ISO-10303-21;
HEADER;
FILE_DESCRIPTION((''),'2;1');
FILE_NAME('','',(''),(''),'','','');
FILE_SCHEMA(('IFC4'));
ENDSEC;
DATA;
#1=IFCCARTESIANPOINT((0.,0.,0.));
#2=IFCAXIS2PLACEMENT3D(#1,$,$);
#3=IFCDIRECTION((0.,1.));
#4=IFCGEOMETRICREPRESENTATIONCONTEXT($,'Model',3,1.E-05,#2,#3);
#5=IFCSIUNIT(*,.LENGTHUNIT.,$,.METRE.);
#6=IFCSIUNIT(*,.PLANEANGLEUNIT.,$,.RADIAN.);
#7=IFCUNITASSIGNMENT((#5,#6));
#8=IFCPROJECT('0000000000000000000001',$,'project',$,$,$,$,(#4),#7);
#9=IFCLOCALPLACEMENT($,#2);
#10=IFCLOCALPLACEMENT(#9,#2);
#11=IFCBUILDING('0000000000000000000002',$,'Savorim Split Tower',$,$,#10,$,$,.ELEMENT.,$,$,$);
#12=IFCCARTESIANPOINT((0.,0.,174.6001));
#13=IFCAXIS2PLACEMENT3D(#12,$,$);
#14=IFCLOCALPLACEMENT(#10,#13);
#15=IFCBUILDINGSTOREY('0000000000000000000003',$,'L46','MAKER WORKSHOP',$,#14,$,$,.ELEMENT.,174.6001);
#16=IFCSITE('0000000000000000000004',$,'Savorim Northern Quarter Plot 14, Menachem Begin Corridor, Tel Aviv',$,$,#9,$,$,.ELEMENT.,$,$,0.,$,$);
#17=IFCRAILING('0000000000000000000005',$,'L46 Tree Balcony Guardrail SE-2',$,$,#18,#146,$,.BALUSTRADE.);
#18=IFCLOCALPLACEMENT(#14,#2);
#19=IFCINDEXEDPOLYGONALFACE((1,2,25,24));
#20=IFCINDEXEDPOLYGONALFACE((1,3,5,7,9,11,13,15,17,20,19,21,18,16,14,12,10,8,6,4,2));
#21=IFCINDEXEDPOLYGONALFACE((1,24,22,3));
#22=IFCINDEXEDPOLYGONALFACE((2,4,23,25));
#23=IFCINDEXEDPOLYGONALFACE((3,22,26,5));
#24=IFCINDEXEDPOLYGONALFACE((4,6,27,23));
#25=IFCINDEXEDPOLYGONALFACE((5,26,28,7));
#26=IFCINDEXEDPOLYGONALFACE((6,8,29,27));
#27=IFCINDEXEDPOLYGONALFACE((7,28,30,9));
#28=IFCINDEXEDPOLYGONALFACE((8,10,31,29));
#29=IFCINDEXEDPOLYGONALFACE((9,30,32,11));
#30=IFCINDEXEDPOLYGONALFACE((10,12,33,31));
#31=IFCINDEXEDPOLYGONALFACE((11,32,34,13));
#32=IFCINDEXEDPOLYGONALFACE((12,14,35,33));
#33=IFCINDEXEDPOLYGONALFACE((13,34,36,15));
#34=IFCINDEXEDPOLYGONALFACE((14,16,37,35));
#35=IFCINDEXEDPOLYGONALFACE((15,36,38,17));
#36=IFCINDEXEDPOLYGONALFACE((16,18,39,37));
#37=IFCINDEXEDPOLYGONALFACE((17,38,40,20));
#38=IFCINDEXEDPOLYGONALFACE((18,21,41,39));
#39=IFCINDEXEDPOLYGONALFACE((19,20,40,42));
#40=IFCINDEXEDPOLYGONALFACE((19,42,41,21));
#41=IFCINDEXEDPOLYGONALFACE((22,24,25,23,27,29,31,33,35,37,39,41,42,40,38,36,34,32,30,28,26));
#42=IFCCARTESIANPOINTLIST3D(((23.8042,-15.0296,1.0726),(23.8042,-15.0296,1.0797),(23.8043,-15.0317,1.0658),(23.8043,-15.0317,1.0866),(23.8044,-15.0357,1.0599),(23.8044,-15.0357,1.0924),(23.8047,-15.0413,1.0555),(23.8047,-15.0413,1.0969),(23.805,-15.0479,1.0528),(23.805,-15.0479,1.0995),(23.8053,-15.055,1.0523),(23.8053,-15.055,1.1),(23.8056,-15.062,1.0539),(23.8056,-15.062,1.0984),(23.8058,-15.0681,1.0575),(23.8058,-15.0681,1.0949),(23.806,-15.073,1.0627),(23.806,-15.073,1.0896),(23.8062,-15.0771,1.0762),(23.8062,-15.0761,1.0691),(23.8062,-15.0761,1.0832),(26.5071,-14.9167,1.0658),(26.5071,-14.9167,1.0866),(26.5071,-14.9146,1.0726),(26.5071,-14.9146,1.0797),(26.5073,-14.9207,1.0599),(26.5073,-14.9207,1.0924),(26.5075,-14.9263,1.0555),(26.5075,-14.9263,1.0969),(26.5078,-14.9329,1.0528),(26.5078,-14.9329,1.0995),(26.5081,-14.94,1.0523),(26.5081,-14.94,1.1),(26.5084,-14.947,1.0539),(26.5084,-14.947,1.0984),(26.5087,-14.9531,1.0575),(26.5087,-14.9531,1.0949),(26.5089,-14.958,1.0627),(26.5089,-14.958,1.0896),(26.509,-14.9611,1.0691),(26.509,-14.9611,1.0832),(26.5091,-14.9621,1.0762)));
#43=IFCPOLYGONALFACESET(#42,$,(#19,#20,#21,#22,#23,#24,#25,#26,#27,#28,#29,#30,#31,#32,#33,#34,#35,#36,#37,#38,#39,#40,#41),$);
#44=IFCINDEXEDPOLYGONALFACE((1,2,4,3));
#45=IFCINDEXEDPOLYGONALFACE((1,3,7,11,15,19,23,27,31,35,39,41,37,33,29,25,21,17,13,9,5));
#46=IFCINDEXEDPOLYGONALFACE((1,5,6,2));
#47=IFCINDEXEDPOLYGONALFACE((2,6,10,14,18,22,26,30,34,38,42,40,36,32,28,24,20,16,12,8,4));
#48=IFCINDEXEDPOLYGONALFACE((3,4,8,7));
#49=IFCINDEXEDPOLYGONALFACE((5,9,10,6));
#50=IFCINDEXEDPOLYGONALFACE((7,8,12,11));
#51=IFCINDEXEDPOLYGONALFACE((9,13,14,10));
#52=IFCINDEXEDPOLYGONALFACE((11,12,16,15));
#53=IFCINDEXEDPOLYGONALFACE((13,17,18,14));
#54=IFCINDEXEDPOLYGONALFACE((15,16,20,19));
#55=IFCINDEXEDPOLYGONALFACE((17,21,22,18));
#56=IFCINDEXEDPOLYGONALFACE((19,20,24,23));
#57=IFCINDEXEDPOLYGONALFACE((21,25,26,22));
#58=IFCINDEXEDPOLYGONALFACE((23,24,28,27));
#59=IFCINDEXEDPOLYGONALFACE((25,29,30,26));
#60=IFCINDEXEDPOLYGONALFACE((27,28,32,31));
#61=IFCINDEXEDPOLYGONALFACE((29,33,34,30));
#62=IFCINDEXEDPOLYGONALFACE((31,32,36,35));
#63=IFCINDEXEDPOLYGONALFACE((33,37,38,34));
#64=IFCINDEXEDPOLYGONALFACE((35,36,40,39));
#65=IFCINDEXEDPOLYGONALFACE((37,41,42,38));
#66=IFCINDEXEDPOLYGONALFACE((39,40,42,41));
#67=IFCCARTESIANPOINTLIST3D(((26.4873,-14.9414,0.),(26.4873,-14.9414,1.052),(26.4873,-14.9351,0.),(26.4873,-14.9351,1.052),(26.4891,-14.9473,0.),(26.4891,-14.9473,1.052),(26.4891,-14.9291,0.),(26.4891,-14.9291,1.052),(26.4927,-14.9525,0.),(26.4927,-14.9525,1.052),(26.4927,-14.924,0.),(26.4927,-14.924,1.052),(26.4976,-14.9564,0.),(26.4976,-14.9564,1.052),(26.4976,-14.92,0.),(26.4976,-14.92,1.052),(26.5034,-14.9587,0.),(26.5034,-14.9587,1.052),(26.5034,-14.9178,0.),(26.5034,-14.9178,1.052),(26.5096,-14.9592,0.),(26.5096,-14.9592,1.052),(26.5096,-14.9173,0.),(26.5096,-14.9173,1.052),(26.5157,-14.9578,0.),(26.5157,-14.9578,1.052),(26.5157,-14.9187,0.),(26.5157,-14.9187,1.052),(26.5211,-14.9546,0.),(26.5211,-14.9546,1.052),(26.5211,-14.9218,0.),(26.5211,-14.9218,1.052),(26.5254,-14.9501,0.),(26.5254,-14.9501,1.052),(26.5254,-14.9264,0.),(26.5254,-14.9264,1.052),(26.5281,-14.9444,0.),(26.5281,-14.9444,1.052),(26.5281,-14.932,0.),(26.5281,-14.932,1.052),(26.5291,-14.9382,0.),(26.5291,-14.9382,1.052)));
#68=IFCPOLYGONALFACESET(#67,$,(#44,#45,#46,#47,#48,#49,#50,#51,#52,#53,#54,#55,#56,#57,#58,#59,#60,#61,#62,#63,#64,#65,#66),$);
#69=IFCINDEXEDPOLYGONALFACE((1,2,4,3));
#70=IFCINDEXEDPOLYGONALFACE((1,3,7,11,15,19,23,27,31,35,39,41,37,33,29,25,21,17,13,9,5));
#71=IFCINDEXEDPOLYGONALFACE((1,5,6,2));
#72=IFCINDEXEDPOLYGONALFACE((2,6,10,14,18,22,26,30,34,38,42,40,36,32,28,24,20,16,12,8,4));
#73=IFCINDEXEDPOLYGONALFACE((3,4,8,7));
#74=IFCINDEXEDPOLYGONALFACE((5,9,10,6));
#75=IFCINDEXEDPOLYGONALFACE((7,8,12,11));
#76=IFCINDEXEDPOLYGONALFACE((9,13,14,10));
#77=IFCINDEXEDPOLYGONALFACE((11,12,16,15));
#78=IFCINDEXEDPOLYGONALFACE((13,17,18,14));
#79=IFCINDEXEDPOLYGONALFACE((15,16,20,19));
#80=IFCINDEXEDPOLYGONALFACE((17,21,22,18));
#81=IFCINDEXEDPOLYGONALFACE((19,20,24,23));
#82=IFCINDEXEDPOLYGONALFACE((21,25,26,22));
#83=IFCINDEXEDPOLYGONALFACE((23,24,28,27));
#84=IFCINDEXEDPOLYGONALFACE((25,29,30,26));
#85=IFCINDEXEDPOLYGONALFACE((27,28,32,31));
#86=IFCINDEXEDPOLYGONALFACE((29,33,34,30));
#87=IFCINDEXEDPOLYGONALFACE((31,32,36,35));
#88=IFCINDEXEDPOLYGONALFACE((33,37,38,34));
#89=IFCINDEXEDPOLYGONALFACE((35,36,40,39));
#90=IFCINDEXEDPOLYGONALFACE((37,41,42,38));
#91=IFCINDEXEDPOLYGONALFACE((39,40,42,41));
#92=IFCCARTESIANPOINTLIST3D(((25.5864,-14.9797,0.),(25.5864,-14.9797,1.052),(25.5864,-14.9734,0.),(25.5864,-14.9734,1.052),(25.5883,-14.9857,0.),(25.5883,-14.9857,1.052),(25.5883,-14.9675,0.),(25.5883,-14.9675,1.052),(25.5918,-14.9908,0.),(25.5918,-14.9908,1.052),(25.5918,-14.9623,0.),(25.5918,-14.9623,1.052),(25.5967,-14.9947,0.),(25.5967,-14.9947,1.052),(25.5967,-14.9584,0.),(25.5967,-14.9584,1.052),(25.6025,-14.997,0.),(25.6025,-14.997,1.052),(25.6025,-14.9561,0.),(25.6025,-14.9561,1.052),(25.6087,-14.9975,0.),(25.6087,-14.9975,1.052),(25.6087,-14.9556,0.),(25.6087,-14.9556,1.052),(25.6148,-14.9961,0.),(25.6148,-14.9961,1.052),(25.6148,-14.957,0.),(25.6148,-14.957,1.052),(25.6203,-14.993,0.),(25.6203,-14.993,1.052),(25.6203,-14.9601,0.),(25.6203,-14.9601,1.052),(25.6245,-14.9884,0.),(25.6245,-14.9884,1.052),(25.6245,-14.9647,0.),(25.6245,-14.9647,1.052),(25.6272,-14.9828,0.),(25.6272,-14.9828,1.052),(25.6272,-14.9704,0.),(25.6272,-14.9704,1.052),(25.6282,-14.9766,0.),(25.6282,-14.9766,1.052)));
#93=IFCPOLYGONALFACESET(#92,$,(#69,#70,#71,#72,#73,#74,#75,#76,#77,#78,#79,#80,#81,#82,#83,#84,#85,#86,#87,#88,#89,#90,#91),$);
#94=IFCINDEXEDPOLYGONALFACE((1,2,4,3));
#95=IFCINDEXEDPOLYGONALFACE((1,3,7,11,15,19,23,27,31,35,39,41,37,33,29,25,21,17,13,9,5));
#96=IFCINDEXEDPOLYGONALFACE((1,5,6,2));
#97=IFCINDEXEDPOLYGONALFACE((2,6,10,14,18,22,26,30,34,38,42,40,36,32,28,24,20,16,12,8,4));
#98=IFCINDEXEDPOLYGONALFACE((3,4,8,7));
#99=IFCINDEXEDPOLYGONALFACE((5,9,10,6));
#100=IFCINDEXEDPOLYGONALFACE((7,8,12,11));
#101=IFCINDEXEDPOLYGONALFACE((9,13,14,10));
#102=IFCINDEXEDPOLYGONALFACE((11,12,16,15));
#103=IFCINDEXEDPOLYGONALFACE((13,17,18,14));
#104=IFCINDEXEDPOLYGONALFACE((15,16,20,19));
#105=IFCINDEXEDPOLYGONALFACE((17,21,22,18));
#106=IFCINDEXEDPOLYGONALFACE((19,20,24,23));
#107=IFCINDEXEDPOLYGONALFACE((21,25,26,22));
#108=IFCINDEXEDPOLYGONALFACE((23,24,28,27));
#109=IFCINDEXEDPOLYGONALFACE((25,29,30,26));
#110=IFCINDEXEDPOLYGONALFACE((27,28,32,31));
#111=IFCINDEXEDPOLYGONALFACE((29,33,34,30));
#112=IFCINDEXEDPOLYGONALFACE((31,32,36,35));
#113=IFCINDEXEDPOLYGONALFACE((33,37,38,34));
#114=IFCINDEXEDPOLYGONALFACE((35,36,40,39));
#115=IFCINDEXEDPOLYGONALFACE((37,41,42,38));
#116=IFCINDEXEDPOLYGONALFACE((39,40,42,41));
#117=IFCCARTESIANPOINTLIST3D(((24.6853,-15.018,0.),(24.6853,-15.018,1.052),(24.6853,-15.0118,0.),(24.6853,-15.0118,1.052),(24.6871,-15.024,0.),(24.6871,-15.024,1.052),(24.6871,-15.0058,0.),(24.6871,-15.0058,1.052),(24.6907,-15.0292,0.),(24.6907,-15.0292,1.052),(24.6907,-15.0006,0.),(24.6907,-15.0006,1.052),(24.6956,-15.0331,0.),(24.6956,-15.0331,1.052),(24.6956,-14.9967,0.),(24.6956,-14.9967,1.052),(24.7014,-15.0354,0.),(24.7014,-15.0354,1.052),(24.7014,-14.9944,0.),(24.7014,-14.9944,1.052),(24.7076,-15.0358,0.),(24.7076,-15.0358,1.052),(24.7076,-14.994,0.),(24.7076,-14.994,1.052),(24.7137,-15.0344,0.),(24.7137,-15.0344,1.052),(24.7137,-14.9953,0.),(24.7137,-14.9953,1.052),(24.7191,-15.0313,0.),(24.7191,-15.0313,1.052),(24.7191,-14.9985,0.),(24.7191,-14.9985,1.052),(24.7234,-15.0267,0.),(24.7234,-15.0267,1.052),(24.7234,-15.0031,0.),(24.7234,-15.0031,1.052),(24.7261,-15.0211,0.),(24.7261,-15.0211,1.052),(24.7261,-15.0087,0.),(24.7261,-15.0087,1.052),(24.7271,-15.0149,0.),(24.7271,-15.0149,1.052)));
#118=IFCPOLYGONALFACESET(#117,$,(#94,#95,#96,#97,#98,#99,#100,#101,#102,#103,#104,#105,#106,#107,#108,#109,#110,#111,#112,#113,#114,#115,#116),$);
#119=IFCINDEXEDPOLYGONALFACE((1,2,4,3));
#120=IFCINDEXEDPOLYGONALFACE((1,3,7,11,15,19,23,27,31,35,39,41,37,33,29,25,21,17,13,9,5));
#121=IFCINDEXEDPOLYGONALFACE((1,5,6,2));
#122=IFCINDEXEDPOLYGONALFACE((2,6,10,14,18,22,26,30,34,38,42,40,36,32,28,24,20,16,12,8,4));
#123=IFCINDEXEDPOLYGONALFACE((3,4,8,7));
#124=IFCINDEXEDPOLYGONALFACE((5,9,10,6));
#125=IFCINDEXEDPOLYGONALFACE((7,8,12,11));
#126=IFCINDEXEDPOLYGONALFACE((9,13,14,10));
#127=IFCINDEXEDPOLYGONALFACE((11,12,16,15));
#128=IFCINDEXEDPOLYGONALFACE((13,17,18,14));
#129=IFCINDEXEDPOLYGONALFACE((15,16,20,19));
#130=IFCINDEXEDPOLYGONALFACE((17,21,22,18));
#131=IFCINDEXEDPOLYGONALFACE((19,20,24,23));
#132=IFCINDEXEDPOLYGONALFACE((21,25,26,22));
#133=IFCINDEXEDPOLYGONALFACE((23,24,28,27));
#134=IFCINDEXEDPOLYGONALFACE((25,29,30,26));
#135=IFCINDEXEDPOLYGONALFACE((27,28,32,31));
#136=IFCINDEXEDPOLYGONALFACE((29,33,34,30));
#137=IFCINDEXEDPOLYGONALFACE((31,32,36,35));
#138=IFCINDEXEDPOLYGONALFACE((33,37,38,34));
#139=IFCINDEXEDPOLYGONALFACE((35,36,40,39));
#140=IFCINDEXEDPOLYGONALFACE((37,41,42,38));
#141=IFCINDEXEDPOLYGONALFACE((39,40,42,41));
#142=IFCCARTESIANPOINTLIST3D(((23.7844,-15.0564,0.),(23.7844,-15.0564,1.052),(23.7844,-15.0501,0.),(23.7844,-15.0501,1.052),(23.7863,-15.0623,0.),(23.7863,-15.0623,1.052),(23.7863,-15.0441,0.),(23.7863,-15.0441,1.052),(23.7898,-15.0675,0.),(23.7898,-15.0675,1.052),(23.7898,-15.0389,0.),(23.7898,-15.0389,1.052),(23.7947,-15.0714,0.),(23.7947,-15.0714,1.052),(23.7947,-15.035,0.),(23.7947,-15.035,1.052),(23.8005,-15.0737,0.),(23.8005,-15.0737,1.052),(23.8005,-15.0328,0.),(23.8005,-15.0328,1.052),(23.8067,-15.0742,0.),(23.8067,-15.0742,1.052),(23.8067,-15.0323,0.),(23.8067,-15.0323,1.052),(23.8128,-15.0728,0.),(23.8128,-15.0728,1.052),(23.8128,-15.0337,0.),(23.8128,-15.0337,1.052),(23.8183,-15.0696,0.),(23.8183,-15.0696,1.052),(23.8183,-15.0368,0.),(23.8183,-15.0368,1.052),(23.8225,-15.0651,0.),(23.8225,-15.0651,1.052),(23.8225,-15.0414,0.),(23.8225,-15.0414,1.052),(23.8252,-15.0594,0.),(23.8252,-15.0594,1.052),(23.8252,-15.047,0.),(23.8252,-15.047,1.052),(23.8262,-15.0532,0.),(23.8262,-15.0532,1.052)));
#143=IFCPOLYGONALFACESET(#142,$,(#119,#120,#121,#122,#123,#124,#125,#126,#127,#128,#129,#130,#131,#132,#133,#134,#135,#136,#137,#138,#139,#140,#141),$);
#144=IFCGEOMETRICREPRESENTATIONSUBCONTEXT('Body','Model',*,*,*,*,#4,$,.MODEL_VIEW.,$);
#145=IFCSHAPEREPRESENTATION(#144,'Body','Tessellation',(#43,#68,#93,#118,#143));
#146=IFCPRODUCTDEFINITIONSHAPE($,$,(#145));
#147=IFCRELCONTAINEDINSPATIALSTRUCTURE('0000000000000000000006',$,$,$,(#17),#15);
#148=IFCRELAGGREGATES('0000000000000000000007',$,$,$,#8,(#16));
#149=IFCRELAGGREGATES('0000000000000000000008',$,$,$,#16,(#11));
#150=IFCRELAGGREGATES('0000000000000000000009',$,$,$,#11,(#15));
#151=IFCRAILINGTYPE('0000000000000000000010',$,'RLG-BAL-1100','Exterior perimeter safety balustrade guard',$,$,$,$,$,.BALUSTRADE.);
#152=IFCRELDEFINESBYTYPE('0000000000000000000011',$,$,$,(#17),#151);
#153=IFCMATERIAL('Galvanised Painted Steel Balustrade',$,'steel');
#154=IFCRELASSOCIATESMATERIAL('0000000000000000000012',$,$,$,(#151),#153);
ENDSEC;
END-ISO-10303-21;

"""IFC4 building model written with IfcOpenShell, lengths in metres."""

from ifc_helpers import new_model, si_unit, direction, frame, origin, origin_2d, place, context, subcontext, project, spatial, circle, extrude, material, type_object, element, save


model = new_model("IFC4")

# Units and contexts
model_context = context("Model", 3, precision=1e-05, world=origin(), true_north=direction((0.0, 1.0)))
body_context = subcontext(model_context, "Body", "Model", "MODEL_VIEW")
ifc_project = project(units=[si_unit("LENGTHUNIT", "METRE"), si_unit("PLANEANGLEUNIT", "RADIAN")], contexts=[model_context])

# Site, building, storey
site_placement = place(None, origin())
site = spatial("IfcSite", under=ifc_project, at=site_placement, Name="Savorim Northern Quarter Plot 14, Menachem Begin Corridor, Tel Aviv", CompositionType="ELEMENT", RefElevation=0.0)
building_placement = place(site_placement, origin())
building = spatial("IfcBuilding", under=site, at=building_placement, Name="Savorim Split Tower", CompositionType="ELEMENT")
storey_placement = place(building_placement, frame((0.0, 0.0, 174.6001)))
storey = spatial("IfcBuildingStorey", under=building, at=storey_placement, Name="L46", Description="MAKER WORKSHOP", CompositionType="ELEMENT", Elevation=174.6001)

# Railing
ifc_material_1 = material(Name="Galvanised Painted Steel Balustrade", Category="steel")
railing_type = type_object("IfcRailingType", Name="RLG-BAL-1100", Description="Exterior perimeter safety balustrade guard", PredefinedType="BALUSTRADE", material=ifc_material_1)
railing_1_placement = place(storey_placement, frame((26.5081, -14.9382, 0.0)))
element("IfcRailing", 1, at=railing_1_placement, inside=storey, type_object=railing_type, Name="L46 Tree Balcony Guardrail SE-2", PredefinedType="BALUSTRADE", context=body_context, shape_type="SweptSolid", body=[
    extrude(circle(Radius=0.0239, at=origin_2d()), frame((0.0, 0.0, 1.0762), z_axis=(-0.999096, -0.042505, 0.0), x_axis=(0.042505, -0.999096, 0.0)), (0.0, 0.0, 1.0), 2.7053),
    extrude(circle(Radius=0.021, at=origin_2d()), origin(), (0.0, 0.0, 1.0), 1.052),
    extrude(circle(Radius=0.021, at=origin_2d()), frame((-0.9009, -0.0383, 0.0)), (0.0, 0.0, 1.0), 1.052),
    extrude(circle(Radius=0.021, at=origin_2d()), frame((-1.802, -0.0767, 0.0)), (0.0, 0.0, 1.0), 1.052),
    extrude(circle(Radius=0.021, at=origin_2d()), frame((-2.7029, -0.115, 0.0)), (0.0, 0.0, 1.0), 1.052),
])

save(model, "model.ifc")
